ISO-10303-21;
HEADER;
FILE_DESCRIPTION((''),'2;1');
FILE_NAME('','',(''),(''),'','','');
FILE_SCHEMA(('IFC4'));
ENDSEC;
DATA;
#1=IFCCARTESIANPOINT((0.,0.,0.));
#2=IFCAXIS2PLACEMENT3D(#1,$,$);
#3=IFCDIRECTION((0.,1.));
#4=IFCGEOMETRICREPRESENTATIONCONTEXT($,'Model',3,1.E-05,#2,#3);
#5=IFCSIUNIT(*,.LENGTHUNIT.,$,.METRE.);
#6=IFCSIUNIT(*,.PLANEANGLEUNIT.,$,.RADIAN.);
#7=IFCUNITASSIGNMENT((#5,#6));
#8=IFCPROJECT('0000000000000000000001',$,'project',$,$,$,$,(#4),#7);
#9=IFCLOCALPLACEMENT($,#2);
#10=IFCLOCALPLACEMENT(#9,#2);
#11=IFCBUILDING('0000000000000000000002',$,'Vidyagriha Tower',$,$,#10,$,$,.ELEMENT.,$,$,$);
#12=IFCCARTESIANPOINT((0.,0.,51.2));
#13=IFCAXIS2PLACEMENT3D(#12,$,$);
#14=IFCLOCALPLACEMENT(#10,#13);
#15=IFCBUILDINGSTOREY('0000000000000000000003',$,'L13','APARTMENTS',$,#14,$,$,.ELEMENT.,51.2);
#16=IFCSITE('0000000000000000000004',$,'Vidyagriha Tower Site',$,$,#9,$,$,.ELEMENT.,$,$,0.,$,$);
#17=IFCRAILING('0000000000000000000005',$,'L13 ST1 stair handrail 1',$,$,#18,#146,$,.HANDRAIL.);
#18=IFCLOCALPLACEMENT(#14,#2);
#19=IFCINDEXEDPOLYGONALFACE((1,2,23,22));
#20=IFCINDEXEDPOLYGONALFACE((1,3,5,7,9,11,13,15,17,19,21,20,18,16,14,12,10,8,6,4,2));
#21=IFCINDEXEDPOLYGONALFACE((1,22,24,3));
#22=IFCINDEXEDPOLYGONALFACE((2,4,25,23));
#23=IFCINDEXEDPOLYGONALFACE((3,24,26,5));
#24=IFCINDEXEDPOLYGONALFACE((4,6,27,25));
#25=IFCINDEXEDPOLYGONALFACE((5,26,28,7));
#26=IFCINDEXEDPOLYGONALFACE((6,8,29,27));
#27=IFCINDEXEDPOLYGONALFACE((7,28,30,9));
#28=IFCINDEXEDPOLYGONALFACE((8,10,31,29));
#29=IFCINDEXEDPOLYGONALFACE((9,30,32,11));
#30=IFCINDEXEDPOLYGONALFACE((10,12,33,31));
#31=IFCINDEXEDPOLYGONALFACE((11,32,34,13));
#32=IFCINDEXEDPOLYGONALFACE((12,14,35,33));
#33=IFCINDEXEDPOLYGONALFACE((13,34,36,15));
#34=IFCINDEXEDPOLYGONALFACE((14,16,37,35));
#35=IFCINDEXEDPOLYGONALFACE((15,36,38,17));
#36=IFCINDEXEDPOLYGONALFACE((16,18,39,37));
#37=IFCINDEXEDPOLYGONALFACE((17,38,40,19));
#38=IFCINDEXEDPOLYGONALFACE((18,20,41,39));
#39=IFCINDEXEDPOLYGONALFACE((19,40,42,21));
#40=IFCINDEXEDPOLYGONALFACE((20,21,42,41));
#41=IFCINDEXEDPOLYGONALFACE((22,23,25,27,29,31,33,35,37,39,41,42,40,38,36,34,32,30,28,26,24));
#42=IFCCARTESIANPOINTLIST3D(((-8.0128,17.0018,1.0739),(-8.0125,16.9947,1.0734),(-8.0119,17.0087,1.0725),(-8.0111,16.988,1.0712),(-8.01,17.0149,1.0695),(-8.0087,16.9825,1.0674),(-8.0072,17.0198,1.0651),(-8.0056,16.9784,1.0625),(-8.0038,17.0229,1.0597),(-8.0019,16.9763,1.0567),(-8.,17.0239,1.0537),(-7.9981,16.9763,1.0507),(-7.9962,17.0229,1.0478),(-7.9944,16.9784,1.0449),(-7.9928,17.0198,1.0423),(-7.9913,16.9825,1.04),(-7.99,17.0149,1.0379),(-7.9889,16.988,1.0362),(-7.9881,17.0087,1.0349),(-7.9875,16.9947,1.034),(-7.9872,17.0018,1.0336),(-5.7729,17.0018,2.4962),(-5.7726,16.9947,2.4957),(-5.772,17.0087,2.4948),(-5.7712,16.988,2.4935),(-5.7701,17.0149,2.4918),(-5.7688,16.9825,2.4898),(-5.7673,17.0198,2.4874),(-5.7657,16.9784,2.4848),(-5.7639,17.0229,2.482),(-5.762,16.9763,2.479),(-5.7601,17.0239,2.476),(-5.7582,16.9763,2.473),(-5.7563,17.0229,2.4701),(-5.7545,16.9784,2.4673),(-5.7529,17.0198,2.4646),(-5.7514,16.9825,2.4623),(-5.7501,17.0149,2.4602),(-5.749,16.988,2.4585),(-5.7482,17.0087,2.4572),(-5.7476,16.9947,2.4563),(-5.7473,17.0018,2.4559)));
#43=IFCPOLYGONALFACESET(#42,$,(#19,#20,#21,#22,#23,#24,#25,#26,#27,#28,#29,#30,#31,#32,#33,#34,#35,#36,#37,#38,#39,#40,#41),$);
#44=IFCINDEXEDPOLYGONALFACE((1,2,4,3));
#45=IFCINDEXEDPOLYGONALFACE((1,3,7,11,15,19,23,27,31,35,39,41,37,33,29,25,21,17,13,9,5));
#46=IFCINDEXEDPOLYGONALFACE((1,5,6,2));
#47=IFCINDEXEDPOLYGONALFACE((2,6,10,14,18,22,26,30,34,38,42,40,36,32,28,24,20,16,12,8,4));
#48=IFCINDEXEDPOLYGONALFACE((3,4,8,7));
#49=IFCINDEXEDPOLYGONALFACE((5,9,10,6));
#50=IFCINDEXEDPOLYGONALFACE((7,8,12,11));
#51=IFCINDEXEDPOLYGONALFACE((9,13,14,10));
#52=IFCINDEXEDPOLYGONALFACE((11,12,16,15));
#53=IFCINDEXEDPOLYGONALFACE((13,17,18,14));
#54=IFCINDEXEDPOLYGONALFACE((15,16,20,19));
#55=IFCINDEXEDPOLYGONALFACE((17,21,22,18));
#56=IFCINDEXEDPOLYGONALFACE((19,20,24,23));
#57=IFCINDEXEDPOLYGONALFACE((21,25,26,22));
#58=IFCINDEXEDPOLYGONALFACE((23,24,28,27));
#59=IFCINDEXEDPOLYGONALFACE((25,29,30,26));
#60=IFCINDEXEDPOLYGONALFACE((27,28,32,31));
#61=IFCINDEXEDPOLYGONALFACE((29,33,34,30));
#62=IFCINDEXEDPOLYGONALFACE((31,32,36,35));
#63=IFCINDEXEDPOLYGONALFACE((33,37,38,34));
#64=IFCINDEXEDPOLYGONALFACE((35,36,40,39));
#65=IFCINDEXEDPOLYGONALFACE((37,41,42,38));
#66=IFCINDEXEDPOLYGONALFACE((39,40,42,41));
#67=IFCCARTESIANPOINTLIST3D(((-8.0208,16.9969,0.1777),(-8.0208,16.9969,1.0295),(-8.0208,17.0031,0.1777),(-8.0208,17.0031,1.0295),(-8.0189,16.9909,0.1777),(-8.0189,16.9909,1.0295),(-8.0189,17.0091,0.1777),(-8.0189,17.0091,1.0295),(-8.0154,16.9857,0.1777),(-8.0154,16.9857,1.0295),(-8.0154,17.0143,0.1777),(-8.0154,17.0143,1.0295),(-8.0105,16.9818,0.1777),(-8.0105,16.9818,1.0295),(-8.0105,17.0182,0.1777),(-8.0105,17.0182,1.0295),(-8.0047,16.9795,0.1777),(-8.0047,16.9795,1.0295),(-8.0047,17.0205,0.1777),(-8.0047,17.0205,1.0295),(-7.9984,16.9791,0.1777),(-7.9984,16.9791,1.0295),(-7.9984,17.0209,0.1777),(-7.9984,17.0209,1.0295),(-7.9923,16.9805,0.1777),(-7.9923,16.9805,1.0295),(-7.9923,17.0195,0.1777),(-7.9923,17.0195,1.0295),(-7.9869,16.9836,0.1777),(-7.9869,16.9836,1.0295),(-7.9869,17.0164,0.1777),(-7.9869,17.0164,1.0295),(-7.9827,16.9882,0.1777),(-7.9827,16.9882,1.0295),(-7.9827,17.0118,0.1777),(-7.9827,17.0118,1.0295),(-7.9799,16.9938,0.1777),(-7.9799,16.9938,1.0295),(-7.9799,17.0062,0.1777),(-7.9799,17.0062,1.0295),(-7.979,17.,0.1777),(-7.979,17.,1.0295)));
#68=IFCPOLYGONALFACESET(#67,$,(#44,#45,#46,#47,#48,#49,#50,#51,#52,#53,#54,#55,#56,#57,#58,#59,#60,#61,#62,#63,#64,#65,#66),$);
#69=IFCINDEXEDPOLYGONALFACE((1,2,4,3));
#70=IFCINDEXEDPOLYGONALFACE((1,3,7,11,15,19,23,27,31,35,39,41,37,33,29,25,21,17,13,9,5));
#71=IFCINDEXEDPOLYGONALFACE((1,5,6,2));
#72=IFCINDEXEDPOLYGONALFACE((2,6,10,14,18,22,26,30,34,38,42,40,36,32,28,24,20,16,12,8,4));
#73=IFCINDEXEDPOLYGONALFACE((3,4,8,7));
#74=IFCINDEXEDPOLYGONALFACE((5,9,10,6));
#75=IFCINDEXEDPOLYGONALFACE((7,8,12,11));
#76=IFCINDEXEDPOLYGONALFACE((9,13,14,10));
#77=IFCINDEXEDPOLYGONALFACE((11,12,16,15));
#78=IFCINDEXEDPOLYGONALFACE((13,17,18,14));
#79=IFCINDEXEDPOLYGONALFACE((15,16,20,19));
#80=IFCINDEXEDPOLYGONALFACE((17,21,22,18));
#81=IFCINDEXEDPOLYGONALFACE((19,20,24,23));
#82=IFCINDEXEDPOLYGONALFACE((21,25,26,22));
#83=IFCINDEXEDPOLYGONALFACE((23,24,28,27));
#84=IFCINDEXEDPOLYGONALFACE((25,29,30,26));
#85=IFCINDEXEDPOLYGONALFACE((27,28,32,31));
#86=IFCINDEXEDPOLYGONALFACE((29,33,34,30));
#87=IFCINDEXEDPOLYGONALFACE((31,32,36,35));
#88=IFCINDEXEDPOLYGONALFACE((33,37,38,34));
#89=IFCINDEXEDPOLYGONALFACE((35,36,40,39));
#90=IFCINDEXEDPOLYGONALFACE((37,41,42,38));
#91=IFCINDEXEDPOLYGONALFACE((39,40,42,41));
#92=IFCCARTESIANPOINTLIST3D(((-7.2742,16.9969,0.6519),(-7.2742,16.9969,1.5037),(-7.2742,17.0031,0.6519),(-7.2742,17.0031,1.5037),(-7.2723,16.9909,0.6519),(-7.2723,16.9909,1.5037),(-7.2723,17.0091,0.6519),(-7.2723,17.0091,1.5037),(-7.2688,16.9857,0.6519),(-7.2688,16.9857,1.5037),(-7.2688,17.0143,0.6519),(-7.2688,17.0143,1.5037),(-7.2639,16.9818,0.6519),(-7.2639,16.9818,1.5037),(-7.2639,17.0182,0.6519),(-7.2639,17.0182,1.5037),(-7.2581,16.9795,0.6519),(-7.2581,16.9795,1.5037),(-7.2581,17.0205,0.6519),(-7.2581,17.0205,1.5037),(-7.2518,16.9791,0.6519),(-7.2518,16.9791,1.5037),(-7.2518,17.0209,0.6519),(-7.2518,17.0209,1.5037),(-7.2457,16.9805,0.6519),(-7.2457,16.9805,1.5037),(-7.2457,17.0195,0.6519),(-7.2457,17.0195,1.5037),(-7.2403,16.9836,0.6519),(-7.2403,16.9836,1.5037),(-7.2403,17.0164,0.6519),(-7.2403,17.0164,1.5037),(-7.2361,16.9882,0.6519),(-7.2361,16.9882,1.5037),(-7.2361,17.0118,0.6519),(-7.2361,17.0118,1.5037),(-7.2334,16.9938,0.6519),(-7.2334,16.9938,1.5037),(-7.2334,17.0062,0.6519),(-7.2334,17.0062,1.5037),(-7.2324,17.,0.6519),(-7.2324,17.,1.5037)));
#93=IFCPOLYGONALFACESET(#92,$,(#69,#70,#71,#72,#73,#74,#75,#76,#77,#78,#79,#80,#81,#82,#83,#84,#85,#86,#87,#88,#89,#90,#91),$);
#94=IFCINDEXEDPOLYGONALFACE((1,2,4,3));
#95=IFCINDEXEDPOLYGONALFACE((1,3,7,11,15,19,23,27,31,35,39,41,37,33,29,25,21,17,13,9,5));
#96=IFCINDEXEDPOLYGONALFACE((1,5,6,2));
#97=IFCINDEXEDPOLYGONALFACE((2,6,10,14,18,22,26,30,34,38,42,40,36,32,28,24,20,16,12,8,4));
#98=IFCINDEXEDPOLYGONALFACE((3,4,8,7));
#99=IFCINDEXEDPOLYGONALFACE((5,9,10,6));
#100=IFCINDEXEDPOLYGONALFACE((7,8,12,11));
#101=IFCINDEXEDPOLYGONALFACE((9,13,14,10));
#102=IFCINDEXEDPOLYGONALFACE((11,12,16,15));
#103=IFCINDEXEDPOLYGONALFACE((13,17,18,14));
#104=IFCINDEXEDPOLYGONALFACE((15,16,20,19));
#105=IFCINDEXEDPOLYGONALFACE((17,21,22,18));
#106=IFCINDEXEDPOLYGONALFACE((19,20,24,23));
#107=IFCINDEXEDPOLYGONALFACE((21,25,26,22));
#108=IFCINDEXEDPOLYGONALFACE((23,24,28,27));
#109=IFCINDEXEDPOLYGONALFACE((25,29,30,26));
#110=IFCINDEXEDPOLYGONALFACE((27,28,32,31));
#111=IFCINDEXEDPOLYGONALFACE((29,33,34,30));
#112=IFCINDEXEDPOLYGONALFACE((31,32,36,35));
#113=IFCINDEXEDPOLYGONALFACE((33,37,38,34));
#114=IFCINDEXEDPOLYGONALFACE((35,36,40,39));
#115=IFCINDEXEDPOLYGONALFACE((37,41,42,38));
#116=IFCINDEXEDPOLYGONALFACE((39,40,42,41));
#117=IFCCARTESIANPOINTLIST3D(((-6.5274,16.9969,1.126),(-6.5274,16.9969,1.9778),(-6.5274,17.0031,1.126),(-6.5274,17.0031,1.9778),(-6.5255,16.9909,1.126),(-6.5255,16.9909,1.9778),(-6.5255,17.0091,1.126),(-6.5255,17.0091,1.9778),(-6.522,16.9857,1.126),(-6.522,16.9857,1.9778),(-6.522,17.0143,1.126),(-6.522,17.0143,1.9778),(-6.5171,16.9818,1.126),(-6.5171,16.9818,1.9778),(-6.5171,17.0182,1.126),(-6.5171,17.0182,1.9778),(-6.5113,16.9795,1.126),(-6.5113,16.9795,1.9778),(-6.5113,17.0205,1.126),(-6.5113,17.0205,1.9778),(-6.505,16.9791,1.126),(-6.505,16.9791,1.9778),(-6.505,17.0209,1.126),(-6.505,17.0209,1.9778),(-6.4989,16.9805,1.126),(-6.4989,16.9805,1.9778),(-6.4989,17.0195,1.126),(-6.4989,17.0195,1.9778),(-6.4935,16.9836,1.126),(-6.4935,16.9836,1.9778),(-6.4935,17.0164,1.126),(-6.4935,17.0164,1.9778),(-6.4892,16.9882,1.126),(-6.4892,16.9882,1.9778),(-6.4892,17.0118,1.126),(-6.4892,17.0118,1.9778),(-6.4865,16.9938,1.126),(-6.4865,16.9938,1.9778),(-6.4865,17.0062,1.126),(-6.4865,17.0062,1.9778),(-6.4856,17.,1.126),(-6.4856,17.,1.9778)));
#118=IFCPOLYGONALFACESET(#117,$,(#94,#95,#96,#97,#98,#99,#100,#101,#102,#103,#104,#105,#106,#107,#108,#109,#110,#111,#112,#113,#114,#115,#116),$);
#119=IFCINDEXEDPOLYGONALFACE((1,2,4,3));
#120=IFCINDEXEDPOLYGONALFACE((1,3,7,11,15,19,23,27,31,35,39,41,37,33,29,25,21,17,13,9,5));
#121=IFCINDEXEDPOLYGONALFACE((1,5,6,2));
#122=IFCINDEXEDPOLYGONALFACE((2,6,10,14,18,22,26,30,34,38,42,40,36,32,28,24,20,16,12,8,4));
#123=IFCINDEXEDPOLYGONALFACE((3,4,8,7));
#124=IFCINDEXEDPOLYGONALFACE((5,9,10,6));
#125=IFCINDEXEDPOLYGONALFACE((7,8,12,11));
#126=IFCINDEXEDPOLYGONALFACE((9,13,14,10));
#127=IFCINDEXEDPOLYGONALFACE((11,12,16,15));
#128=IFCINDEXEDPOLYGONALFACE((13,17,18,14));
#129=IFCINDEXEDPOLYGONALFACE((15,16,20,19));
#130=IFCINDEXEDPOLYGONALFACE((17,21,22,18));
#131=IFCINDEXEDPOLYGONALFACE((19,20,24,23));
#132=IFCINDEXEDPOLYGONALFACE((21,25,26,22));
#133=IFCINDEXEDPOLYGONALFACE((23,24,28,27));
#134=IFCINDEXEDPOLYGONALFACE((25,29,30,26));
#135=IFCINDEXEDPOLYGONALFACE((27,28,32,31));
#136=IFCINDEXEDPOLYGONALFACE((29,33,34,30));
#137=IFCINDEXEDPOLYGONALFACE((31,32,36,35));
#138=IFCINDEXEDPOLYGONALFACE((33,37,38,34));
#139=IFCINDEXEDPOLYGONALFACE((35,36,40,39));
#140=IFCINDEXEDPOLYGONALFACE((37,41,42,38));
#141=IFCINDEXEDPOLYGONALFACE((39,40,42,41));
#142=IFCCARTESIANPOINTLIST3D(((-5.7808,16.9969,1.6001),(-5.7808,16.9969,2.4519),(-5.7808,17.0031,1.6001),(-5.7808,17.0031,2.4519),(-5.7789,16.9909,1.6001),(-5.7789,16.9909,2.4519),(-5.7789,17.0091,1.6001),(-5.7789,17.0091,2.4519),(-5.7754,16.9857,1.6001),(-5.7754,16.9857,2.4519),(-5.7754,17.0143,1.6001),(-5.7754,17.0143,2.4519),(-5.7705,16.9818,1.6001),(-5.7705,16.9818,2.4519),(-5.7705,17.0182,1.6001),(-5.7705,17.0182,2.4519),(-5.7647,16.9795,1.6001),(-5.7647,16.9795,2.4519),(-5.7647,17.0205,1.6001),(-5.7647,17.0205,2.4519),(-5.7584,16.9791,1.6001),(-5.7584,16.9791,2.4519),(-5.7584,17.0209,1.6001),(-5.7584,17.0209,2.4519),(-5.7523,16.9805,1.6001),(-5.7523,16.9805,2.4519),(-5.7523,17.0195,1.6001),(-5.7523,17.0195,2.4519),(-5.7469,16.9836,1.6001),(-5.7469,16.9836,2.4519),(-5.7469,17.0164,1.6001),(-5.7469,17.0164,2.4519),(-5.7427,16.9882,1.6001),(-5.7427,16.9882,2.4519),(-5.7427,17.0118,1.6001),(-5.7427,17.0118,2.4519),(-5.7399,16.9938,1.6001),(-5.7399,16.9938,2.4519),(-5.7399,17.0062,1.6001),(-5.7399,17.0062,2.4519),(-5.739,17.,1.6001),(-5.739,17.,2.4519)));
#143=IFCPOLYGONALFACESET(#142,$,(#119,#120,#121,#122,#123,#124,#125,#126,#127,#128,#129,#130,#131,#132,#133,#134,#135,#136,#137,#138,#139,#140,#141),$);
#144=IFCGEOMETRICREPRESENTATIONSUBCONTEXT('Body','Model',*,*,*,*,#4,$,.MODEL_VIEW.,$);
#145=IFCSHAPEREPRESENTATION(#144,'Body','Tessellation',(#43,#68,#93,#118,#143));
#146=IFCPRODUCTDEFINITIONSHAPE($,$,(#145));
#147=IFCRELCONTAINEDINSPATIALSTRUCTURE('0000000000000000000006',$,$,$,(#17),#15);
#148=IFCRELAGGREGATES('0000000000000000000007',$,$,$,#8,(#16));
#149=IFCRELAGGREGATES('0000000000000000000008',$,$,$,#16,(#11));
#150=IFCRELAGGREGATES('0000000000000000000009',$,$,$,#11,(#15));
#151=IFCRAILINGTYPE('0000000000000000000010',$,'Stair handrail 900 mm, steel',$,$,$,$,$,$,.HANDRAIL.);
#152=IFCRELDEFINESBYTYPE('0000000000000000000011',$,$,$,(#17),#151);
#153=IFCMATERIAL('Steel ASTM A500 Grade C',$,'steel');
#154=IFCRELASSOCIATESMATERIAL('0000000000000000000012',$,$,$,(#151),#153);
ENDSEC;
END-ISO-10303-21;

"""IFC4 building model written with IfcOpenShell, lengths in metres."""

from ifc_helpers import new_model, si_unit, direction, frame, origin, origin_2d, place, context, subcontext, project, spatial, circle, extrude, material, type_object, element, save


model = new_model("IFC4")

# Units and contexts
model_context = context("Model", 3, precision=1e-05, world=origin(), true_north=direction((0.0, 1.0)))
body_context = subcontext(model_context, "Body", "Model", "MODEL_VIEW")
ifc_project = project(units=[si_unit("LENGTHUNIT", "METRE"), si_unit("PLANEANGLEUNIT", "RADIAN")], contexts=[model_context])

# Site, building, storey
site_placement = place(None, origin())
site = spatial("IfcSite", under=ifc_project, at=site_placement, Name="Vidyagriha Tower Site", CompositionType="ELEMENT", RefElevation=0.0)
building_placement = place(site_placement, origin())
building = spatial("IfcBuilding", under=site, at=building_placement, Name="Vidyagriha Tower", CompositionType="ELEMENT")
storey_placement = place(building_placement, frame((0.0, 0.0, 51.2)))
storey = spatial("IfcBuildingStorey", under=building, at=storey_placement, Name="L13", Description="APARTMENTS", CompositionType="ELEMENT", Elevation=51.2)

# Railing
ifc_material_1 = material(Name="Steel ASTM A500 Grade C", Category="steel")
railing_type = type_object("IfcRailingType", Name="Stair handrail 900 mm, steel", PredefinedType="HANDRAIL", material=ifc_material_1)
railing_placement = place(storey_placement, frame((-8.0, 17.0, 0.1777)))
element("IfcRailing", 1, at=railing_placement, inside=storey, type_object=railing_type, Name="L13 ST1 stair handrail 1", PredefinedType="HANDRAIL", context=body_context, shape_type="SweptSolid", body=[
    extrude(circle(Radius=0.0239, at=origin_2d()), frame((0.0, 0.0, 0.876), z_axis=(0.844188, 0.0, 0.536048), x_axis=(0.0, 1.0, 0.0)), (0.0, 0.0, 1.0), 2.6533),
    extrude(circle(Radius=0.021, at=origin_2d()), origin(), (0.0, 0.0, 1.0), 0.8518),
    extrude(circle(Radius=0.021, at=origin_2d()), frame((0.7466, 0.0, 0.4741)), (0.0, 0.0, 1.0), 0.8518),
    extrude(circle(Radius=0.021, at=origin_2d()), frame((1.4934, 0.0, 0.9482)), (0.0, 0.0, 1.0), 0.8518),
    extrude(circle(Radius=0.021, at=origin_2d()), frame((2.24, 0.0, 1.4224)), (0.0, 0.0, 1.0), 0.8518),
])

save(model, "model.ifc")
